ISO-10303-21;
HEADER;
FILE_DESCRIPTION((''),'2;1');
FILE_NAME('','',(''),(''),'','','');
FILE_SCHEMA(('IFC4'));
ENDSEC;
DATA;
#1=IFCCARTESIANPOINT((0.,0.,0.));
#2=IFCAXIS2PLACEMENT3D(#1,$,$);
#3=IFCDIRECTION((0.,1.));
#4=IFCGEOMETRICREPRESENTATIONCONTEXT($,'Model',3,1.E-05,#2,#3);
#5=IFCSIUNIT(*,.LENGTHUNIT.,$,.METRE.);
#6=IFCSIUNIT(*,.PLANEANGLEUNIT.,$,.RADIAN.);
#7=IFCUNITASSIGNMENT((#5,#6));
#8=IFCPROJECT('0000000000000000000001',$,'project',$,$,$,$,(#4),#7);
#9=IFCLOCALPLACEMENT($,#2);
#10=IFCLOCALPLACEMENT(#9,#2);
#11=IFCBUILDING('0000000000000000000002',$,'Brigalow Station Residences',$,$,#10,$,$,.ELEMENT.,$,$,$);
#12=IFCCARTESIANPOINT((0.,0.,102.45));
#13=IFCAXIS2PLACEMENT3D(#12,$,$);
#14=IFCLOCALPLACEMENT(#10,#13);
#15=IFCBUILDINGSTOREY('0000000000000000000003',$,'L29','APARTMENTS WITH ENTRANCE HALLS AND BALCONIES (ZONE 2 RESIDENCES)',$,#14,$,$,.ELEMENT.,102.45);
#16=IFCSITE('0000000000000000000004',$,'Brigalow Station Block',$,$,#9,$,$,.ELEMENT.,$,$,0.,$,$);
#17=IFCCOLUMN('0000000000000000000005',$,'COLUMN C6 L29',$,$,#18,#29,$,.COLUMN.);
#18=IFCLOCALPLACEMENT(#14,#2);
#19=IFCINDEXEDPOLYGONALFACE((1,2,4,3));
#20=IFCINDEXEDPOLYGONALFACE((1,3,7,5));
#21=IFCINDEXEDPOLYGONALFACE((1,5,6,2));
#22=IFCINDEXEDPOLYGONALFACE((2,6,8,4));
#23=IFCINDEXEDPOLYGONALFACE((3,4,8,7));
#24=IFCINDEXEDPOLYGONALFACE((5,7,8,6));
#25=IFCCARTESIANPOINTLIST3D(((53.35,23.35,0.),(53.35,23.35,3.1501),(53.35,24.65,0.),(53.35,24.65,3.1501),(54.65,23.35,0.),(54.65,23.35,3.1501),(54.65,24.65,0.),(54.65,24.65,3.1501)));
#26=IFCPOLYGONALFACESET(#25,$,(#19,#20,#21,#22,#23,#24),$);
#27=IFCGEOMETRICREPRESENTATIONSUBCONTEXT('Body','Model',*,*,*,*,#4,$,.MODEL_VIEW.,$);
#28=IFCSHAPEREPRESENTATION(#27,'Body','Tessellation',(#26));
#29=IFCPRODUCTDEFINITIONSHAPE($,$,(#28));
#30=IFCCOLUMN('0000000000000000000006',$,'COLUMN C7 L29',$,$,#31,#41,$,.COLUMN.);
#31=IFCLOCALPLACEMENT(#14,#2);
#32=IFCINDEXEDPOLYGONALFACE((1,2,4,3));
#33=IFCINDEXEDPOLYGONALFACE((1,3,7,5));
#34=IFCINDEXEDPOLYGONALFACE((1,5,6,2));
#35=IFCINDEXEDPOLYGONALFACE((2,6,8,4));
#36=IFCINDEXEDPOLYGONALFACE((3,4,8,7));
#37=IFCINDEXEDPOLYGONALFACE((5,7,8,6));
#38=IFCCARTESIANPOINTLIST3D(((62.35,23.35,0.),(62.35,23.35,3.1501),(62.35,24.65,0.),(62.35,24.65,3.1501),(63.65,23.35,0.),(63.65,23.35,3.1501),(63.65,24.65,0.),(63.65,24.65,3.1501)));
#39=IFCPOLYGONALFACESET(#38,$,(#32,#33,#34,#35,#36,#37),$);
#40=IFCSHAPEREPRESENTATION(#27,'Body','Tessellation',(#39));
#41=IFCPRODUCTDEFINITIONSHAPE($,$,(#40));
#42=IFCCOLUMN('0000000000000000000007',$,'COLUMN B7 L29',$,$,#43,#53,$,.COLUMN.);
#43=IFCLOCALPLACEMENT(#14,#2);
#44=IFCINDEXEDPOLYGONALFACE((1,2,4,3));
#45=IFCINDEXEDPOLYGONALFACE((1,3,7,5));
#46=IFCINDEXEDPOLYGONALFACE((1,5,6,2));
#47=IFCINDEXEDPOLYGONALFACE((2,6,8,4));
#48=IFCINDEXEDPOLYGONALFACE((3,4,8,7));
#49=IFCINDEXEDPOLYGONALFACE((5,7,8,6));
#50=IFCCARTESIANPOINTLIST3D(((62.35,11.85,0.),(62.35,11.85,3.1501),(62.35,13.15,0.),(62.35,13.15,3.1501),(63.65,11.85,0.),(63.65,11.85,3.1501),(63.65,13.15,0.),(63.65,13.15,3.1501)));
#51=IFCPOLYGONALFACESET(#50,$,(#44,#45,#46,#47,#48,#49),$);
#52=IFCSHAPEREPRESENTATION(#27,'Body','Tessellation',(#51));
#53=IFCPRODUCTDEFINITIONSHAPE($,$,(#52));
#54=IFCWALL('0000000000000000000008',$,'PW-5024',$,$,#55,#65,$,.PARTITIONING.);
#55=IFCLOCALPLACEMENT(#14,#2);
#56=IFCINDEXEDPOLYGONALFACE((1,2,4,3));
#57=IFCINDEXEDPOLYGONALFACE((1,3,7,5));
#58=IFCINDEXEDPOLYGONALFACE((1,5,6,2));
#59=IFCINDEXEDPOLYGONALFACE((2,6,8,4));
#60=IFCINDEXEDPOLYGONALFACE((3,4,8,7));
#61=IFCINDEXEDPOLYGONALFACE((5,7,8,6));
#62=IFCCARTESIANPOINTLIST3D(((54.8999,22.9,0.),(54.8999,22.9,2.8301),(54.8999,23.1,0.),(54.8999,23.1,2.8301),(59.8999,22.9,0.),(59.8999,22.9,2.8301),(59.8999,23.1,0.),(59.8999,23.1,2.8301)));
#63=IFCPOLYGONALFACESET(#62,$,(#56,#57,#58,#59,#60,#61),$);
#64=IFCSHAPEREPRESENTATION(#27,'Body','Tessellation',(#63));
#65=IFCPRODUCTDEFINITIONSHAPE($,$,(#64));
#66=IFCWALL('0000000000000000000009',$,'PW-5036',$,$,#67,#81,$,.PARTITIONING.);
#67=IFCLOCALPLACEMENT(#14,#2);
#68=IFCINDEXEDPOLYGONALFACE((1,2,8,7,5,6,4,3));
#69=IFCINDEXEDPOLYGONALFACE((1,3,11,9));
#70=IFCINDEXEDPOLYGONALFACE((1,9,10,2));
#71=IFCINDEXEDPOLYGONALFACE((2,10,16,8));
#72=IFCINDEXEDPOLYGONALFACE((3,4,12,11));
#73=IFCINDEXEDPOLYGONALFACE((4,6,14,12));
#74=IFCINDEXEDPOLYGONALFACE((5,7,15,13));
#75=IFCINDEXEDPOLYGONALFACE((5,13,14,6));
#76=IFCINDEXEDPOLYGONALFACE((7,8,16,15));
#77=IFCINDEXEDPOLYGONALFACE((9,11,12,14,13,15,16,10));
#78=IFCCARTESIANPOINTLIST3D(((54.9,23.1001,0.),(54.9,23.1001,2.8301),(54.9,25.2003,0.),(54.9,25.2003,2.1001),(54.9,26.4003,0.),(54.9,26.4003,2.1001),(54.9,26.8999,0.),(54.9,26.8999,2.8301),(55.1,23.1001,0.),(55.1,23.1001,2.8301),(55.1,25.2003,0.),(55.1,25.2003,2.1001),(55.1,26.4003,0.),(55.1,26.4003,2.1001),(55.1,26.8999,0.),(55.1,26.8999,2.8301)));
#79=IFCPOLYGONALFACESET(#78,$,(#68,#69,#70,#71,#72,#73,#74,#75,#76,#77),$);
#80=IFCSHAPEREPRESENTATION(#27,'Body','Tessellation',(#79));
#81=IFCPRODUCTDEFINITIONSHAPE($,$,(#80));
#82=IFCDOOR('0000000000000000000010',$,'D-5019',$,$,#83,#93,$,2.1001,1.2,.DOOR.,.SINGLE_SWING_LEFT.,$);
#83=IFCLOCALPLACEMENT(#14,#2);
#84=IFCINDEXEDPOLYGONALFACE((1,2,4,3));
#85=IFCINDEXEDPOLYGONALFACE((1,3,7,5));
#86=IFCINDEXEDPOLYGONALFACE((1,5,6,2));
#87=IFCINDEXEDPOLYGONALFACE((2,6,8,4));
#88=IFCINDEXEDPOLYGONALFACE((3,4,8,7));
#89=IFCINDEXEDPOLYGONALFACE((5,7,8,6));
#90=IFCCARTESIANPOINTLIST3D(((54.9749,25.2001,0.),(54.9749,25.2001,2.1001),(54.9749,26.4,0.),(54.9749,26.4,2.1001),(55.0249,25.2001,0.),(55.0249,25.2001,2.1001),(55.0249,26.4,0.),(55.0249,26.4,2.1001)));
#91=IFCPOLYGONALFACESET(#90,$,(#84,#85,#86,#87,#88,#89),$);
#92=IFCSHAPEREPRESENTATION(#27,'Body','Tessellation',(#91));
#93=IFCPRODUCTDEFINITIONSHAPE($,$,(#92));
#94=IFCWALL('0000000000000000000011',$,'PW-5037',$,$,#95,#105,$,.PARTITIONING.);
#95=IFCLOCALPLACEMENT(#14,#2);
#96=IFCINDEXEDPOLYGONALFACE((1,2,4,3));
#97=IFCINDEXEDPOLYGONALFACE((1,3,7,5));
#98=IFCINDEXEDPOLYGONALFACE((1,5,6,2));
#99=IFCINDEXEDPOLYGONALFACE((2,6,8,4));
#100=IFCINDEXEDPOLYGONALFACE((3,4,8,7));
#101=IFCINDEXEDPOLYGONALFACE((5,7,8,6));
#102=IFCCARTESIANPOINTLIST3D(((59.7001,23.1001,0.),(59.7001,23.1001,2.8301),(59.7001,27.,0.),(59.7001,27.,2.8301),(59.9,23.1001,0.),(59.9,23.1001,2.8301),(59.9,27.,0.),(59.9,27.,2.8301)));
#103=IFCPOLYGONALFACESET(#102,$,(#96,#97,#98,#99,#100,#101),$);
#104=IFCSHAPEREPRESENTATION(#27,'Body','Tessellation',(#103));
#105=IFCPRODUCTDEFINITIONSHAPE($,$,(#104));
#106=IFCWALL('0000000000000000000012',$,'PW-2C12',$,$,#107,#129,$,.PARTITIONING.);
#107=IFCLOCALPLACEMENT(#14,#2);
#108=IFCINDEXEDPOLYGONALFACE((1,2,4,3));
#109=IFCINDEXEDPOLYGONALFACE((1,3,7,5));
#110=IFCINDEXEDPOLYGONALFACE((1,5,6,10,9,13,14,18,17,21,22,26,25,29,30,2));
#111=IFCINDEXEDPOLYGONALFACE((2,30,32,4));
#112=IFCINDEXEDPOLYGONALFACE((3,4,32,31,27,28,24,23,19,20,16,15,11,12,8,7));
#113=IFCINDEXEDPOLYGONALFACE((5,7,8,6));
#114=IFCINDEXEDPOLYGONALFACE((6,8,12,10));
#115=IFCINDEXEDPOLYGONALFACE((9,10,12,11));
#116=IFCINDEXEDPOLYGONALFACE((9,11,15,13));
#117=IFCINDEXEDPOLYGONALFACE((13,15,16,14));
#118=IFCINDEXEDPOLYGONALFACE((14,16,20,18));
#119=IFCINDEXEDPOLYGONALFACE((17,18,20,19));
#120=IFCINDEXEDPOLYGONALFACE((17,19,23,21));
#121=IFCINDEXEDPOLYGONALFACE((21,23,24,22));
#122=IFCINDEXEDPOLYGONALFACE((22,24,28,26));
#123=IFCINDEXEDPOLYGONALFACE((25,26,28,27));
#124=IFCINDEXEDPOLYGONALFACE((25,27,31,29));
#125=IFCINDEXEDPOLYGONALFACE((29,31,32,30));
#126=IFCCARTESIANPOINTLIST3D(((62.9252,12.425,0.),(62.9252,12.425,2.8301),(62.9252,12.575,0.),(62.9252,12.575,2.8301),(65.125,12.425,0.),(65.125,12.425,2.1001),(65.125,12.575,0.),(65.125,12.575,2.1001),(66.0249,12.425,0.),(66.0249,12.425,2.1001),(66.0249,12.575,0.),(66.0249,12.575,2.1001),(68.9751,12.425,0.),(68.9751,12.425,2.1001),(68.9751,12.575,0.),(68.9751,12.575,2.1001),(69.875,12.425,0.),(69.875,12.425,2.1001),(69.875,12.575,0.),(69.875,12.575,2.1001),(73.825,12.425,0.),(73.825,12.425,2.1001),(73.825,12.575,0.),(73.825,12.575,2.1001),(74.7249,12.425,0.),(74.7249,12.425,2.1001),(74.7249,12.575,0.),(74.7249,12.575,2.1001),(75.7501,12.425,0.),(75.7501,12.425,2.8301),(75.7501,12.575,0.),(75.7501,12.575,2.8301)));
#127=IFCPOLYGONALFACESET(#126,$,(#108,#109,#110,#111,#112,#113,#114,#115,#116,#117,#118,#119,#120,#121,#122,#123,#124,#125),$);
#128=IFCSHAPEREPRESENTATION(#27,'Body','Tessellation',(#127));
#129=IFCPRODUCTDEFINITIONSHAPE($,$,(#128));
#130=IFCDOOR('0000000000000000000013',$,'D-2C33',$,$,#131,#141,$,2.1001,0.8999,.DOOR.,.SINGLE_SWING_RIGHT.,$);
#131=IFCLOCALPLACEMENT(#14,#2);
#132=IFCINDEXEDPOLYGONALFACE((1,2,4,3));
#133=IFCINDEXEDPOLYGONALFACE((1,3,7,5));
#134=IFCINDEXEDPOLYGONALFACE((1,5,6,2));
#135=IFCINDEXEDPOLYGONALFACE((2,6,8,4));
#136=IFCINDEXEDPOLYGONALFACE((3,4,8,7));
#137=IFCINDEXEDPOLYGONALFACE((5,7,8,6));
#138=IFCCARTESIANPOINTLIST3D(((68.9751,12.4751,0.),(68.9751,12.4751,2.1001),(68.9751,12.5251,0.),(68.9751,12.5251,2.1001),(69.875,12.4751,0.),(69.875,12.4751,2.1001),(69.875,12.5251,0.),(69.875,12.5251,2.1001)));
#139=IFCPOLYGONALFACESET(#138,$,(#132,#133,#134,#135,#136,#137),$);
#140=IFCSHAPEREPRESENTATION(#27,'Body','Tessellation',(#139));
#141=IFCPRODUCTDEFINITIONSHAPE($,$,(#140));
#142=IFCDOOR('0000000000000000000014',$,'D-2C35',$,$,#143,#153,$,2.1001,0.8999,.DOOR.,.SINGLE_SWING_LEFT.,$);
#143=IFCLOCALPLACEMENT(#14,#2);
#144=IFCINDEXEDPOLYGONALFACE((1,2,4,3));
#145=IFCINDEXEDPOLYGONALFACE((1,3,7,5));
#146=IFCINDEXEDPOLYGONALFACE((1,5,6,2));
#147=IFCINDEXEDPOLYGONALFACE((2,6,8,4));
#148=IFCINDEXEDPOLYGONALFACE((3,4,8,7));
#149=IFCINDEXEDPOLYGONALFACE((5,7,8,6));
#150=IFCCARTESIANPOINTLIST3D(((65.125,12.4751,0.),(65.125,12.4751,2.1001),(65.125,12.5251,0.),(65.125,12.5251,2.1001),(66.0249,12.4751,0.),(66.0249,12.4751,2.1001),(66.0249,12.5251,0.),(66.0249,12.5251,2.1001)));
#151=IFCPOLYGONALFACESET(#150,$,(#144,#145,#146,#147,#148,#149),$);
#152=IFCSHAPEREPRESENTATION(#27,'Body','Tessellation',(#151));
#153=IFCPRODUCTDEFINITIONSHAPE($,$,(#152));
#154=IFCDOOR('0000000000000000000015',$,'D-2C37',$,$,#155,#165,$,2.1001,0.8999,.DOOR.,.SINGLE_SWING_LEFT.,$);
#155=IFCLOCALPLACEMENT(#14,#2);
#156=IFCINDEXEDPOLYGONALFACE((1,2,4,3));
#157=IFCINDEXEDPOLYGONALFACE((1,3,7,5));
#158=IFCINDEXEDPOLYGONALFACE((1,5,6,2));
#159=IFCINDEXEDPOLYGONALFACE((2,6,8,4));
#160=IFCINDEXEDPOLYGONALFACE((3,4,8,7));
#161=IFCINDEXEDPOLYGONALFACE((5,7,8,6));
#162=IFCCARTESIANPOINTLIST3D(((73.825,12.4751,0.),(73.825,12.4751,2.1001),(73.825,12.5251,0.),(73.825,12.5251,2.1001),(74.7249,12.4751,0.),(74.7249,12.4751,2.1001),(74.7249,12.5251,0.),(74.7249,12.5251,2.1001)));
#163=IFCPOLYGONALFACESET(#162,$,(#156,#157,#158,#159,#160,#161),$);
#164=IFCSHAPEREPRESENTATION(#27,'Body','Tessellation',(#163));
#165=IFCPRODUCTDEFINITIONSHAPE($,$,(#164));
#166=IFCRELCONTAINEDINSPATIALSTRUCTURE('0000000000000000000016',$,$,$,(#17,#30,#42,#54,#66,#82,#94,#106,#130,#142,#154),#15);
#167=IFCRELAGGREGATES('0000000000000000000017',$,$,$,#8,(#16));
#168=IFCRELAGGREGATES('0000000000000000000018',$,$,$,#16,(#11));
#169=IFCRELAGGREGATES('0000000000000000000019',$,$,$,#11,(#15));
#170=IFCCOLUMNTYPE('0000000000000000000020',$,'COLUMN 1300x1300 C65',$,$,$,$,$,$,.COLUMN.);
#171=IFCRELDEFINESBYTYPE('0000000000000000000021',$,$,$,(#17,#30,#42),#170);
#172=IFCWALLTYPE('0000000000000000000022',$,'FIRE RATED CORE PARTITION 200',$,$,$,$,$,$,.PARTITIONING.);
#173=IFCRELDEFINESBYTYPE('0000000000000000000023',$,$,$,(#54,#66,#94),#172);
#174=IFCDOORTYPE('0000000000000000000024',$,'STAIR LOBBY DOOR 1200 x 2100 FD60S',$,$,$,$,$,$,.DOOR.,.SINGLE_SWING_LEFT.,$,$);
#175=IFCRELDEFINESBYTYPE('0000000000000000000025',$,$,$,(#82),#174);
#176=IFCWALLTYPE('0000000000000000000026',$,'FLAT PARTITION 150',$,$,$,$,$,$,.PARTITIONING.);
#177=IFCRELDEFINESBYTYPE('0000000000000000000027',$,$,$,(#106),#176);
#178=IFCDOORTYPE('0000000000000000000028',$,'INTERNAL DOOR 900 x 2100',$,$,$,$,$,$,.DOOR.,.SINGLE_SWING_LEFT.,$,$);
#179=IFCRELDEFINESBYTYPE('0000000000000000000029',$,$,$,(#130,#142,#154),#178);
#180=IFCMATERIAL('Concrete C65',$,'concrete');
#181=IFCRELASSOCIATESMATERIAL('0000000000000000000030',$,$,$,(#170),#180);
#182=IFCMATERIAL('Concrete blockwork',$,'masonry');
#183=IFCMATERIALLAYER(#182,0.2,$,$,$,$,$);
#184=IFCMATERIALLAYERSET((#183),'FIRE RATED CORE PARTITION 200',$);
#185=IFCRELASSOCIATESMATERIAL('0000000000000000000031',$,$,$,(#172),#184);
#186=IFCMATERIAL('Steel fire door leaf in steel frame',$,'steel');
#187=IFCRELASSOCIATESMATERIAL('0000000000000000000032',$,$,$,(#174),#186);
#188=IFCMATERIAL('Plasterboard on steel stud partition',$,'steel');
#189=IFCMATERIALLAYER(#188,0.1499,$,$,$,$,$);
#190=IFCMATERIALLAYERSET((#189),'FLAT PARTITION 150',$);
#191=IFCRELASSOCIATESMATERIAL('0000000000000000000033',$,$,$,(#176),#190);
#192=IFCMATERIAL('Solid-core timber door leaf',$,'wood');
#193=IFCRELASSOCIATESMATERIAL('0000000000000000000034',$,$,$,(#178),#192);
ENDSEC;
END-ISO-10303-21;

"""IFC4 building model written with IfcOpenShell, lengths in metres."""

from ifc_helpers import new_model, si_unit, direction, frame, frame_2d, origin, origin_2d, place, context, subcontext, project, spatial, rectangle, extrude, material, layer, layer_set, material_profile, profile_set, type_object, element, fill, save


model = new_model("IFC4")

# Units and contexts
model_context = context("Model", 3, precision=1e-05, world=origin(), true_north=direction((0.0, 1.0)))
body_context = subcontext(model_context, "Body", "Model", "MODEL_VIEW")
ifc_project = project(units=[si_unit("LENGTHUNIT", "METRE"), si_unit("PLANEANGLEUNIT", "RADIAN")], contexts=[model_context])

# Site, building, storey
site_placement = place(None, origin())
site = spatial("IfcSite", under=ifc_project, at=site_placement, Name="Brigalow Station Block", CompositionType="ELEMENT", RefElevation=0.0)
building_placement = place(site_placement, origin())
building = spatial("IfcBuilding", under=site, at=building_placement, Name="Brigalow Station Residences", CompositionType="ELEMENT")
storey_placement = place(building_placement, frame((0.0, 0.0, 102.45)))
storey = spatial("IfcBuildingStorey", under=building, at=storey_placement, Name="L29", Description="APARTMENTS WITH ENTRANCE HALLS AND BALCONIES (ZONE 2 RESIDENCES)", CompositionType="ELEMENT", Elevation=102.45)

# Columns
ifc_material_1 = material(Name="Concrete C65", Category="concrete")
ifc_material_profile = material_profile(ifc_material_1, rectangle(XDim=1.3, YDim=1.3, at=origin_2d()), Name="RC1300x1300")
ifc_profile_set = profile_set([ifc_material_profile], Name="Concrete C65")
column_type = type_object("IfcColumnType", Name="COLUMN 1300x1300 C65", PredefinedType="COLUMN", material=ifc_profile_set)
for number, where, z_axis, x_axis, name in (
    (1, (54.0, 24.0, 0.0), (0.0, 0.0, 1.0), (1.0, 0.0, 0.0), "COLUMN C6 L29"),
    (2, (63.0, 24.0, 0.0), (0.0, 0.0, 1.0), (1.0, 0.0, 0.0), "COLUMN C7 L29"),
    (3, (63.0, 12.5, 0.0), (0.0, 0.0, 1.0), (1.0, 0.0, 0.0), "COLUMN B7 L29"),
):
    element("IfcColumn", number, at=place(storey_placement, frame(where, z_axis=z_axis, x_axis=x_axis)), inside=storey, type_object=column_type, Name=name, PredefinedType="COLUMN", context=body_context, shape_type="SweptSolid", body=[
        extrude(rectangle(XDim=1.3, YDim=1.3, at=origin_2d()), origin(), (0.0, 0.0, 1.0), 3.1501),
    ])

# Wall
ifc_material_2 = material(Name="Concrete blockwork", Category="masonry")
ifc_layer_1 = layer(ifc_material_2, 0.2)
ifc_layer_set_1 = layer_set([ifc_layer_1], Name="FIRE RATED CORE PARTITION 200")
wall_type_1 = type_object("IfcWallType", Name="FIRE RATED CORE PARTITION 200", PredefinedType="PARTITIONING", material=ifc_layer_set_1)
wall_1_placement = place(storey_placement, frame((54.8999, 23.0, 0.0), z_axis=(0.0, 0.0, 1.0), x_axis=(1.0, 0.0, 0.0)))
element("IfcWall", 4, at=wall_1_placement, inside=storey, type_object=wall_type_1, Name="PW-5024", PredefinedType="PARTITIONING", context=body_context, shape_type="SweptSolid", body=[
    extrude(rectangle(XDim=5.0, YDim=0.2, at=frame_2d((2.5, 0.0))), origin(), (0.0, 0.0, 1.0), 2.8301),
])

# Wall, opening, door
wall_2_placement = place(storey_placement, frame((55.0, 23.1001, 0.0), z_axis=(0.0, 0.0, 1.0), x_axis=(0.0, 1.0, 0.0)))
wall_2 = element("IfcWall", 5, at=wall_2_placement, inside=storey, type_object=wall_type_1, Name="PW-5036", PredefinedType="PARTITIONING", context=body_context, shape_type="SweptSolid", body=[
    extrude(rectangle(XDim=3.7998, YDim=0.2, at=frame_2d((1.8999, 0.0))), origin(), (0.0, 0.0, 1.0), 2.8301),
])
opening_1_placement = place(wall_2_placement, frame((2.1001, 0.0, 0.0)))
opening_1 = element("IfcOpeningElement", 6, at=opening_1_placement, cuts=wall_2, PredefinedType="OPENING", context=body_context, shape_type="SweptSolid", body=[
    extrude(rectangle(XDim=1.2, YDim=2.1001, at=frame_2d((0.6001, 1.05))), frame((0.0, 0.1099, 0.0), z_axis=(0.0, -1.0, 0.0), x_axis=(1.0, 0.0, 0.0)), (0.0, 0.0, 1.0), 0.22),
])
ifc_material_3 = material(Name="Steel fire door leaf in steel frame", Category="steel")
door_type_1 = type_object("IfcDoorType", Name="STAIR LOBBY DOOR 1200 x 2100 FD60S", OperationType="SINGLE_SWING_LEFT", PredefinedType="DOOR", material=ifc_material_3)
door_1_placement = place(opening_1_placement, frame((1.2, 0.0, 0.0), z_axis=(0.0, 0.0, 1.0), x_axis=(-1.0, 0.0, 0.0)))
door_1 = element("IfcDoor", 7, at=door_1_placement, inside=storey, type_object=door_type_1, Name="D-5019", OperationType="SINGLE_SWING_LEFT", OverallHeight=2.1001, OverallWidth=1.2, PredefinedType="DOOR", context=body_context, shape_type="SweptSolid", body=[
    extrude(rectangle(XDim=1.2, YDim=2.1001, at=frame_2d((0.6001, 1.05))), frame((0.0, 0.0249, 0.0), z_axis=(0.0, -1.0, 0.0), x_axis=(1.0, 0.0, 0.0)), (0.0, 0.0, 1.0), 0.05),
])
fill(opening_1, door_1)

# Wall
wall_3_placement = place(storey_placement, frame((59.8, 23.1001, 0.0), z_axis=(0.0, 0.0, 1.0), x_axis=(0.0, 1.0, 0.0)))
element("IfcWall", 8, at=wall_3_placement, inside=storey, type_object=wall_type_1, Name="PW-5037", PredefinedType="PARTITIONING", context=body_context, shape_type="SweptSolid", body=[
    extrude(rectangle(XDim=3.8999, YDim=0.2, at=frame_2d((1.95, 0.0))), origin(), (0.0, 0.0, 1.0), 2.8301),
])

# Wall, openings, doors
ifc_material_4 = material(Name="Plasterboard on steel stud partition", Category="steel")
ifc_layer_2 = layer(ifc_material_4, 0.1499)
ifc_layer_set_2 = layer_set([ifc_layer_2], Name="FLAT PARTITION 150")
wall_type_2 = type_object("IfcWallType", Name="FLAT PARTITION 150", PredefinedType="PARTITIONING", material=ifc_layer_set_2)
wall_4_placement = place(storey_placement, frame((62.925, 12.5, 0.0), z_axis=(0.0, 0.0, 1.0), x_axis=(1.0, 0.0, 0.0)))
wall_4 = element("IfcWall", 9, at=wall_4_placement, inside=storey, type_object=wall_type_2, Name="PW-2C12", PredefinedType="PARTITIONING", context=body_context, shape_type="SweptSolid", body=[
    extrude(rectangle(XDim=12.825, YDim=0.1499, at=frame_2d((6.4126, 0.0))), origin(), (0.0, 0.0, 1.0), 2.8301),
])
opening_2_placement = place(wall_4_placement, frame((6.05, 0.0, 0.0)))
opening_2 = element("IfcOpeningElement", 10, at=opening_2_placement, cuts=wall_4, PredefinedType="OPENING", context=body_context, shape_type="SweptSolid", body=[
    extrude(rectangle(XDim=0.8999, YDim=2.1001, at=frame_2d((0.45, 1.05))), frame((0.0, 0.085, 0.0), z_axis=(0.0, -1.0, 0.0), x_axis=(1.0, 0.0, 0.0)), (0.0, 0.0, 1.0), 0.1699),
])
opening_3_placement = place(wall_4_placement, frame((2.2, 0.0, 0.0)))
opening_3 = element("IfcOpeningElement", 11, at=opening_3_placement, cuts=wall_4, PredefinedType="OPENING", context=body_context, shape_type="SweptSolid", body=[
    extrude(rectangle(XDim=0.8999, YDim=2.1001, at=frame_2d((0.45, 1.05))), frame((0.0, 0.085, 0.0), z_axis=(0.0, -1.0, 0.0), x_axis=(1.0, 0.0, 0.0)), (0.0, 0.0, 1.0), 0.1699),
])
opening_4_placement = place(wall_4_placement, frame((10.8999, 0.0, 0.0)))
opening_4 = element("IfcOpeningElement", 12, at=opening_4_placement, cuts=wall_4, PredefinedType="OPENING", context=body_context, shape_type="SweptSolid", body=[
    extrude(rectangle(XDim=0.8999, YDim=2.1001, at=frame_2d((0.45, 1.05))), frame((0.0, 0.085, 0.0), z_axis=(0.0, -1.0, 0.0), x_axis=(1.0, 0.0, 0.0)), (0.0, 0.0, 1.0), 0.1699),
])
ifc_material_5 = material(Name="Solid-core timber door leaf", Category="wood")
door_type_2 = type_object("IfcDoorType", Name="INTERNAL DOOR 900 x 2100", OperationType="SINGLE_SWING_LEFT", PredefinedType="DOOR", material=ifc_material_5)
door_2_placement = place(opening_2_placement, frame((0.8999, 0.0, 0.0), z_axis=(0.0, 0.0, 1.0), x_axis=(-1.0, 0.0, 0.0)))
door_2 = element("IfcDoor", 13, at=door_2_placement, inside=storey, type_object=door_type_2, Name="D-2C33", OperationType="SINGLE_SWING_RIGHT", OverallHeight=2.1001, OverallWidth=0.8999, PredefinedType="DOOR", context=body_context, shape_type="SweptSolid", body=[
    extrude(rectangle(XDim=0.8999, YDim=2.1001, at=frame_2d((0.45, 1.05))), frame((0.0, 0.0249, 0.0), z_axis=(0.0, -1.0, 0.0), x_axis=(1.0, 0.0, 0.0)), (0.0, 0.0, 1.0), 0.05),
])
fill(opening_2, door_2)
door_3_placement = place(opening_3_placement, frame((0.8999, 0.0, 0.0), z_axis=(0.0, 0.0, 1.0), x_axis=(-1.0, 0.0, 0.0)))
door_3 = element("IfcDoor", 14, at=door_3_placement, inside=storey, type_object=door_type_2, Name="D-2C35", OperationType="SINGLE_SWING_LEFT", OverallHeight=2.1001, OverallWidth=0.8999, PredefinedType="DOOR", context=body_context, shape_type="SweptSolid", body=[
    extrude(rectangle(XDim=0.8999, YDim=2.1001, at=frame_2d((0.45, 1.05))), frame((0.0, 0.0249, 0.0), z_axis=(0.0, -1.0, 0.0), x_axis=(1.0, 0.0, 0.0)), (0.0, 0.0, 1.0), 0.05),
])
fill(opening_3, door_3)
door_4_placement = place(opening_4_placement, frame((0.8999, 0.0, 0.0), z_axis=(0.0, 0.0, 1.0), x_axis=(-1.0, 0.0, 0.0)))
door_4 = element("IfcDoor", 15, at=door_4_placement, inside=storey, type_object=door_type_2, Name="D-2C37", OperationType="SINGLE_SWING_LEFT", OverallHeight=2.1001, OverallWidth=0.8999, PredefinedType="DOOR", context=body_context, shape_type="SweptSolid", body=[
    extrude(rectangle(XDim=0.8999, YDim=2.1001, at=frame_2d((0.45, 1.05))), frame((0.0, 0.0249, 0.0), z_axis=(0.0, -1.0, 0.0), x_axis=(1.0, 0.0, 0.0)), (0.0, 0.0, 1.0), 0.05),
])
fill(opening_4, door_4)

save(model, "model.ifc")
